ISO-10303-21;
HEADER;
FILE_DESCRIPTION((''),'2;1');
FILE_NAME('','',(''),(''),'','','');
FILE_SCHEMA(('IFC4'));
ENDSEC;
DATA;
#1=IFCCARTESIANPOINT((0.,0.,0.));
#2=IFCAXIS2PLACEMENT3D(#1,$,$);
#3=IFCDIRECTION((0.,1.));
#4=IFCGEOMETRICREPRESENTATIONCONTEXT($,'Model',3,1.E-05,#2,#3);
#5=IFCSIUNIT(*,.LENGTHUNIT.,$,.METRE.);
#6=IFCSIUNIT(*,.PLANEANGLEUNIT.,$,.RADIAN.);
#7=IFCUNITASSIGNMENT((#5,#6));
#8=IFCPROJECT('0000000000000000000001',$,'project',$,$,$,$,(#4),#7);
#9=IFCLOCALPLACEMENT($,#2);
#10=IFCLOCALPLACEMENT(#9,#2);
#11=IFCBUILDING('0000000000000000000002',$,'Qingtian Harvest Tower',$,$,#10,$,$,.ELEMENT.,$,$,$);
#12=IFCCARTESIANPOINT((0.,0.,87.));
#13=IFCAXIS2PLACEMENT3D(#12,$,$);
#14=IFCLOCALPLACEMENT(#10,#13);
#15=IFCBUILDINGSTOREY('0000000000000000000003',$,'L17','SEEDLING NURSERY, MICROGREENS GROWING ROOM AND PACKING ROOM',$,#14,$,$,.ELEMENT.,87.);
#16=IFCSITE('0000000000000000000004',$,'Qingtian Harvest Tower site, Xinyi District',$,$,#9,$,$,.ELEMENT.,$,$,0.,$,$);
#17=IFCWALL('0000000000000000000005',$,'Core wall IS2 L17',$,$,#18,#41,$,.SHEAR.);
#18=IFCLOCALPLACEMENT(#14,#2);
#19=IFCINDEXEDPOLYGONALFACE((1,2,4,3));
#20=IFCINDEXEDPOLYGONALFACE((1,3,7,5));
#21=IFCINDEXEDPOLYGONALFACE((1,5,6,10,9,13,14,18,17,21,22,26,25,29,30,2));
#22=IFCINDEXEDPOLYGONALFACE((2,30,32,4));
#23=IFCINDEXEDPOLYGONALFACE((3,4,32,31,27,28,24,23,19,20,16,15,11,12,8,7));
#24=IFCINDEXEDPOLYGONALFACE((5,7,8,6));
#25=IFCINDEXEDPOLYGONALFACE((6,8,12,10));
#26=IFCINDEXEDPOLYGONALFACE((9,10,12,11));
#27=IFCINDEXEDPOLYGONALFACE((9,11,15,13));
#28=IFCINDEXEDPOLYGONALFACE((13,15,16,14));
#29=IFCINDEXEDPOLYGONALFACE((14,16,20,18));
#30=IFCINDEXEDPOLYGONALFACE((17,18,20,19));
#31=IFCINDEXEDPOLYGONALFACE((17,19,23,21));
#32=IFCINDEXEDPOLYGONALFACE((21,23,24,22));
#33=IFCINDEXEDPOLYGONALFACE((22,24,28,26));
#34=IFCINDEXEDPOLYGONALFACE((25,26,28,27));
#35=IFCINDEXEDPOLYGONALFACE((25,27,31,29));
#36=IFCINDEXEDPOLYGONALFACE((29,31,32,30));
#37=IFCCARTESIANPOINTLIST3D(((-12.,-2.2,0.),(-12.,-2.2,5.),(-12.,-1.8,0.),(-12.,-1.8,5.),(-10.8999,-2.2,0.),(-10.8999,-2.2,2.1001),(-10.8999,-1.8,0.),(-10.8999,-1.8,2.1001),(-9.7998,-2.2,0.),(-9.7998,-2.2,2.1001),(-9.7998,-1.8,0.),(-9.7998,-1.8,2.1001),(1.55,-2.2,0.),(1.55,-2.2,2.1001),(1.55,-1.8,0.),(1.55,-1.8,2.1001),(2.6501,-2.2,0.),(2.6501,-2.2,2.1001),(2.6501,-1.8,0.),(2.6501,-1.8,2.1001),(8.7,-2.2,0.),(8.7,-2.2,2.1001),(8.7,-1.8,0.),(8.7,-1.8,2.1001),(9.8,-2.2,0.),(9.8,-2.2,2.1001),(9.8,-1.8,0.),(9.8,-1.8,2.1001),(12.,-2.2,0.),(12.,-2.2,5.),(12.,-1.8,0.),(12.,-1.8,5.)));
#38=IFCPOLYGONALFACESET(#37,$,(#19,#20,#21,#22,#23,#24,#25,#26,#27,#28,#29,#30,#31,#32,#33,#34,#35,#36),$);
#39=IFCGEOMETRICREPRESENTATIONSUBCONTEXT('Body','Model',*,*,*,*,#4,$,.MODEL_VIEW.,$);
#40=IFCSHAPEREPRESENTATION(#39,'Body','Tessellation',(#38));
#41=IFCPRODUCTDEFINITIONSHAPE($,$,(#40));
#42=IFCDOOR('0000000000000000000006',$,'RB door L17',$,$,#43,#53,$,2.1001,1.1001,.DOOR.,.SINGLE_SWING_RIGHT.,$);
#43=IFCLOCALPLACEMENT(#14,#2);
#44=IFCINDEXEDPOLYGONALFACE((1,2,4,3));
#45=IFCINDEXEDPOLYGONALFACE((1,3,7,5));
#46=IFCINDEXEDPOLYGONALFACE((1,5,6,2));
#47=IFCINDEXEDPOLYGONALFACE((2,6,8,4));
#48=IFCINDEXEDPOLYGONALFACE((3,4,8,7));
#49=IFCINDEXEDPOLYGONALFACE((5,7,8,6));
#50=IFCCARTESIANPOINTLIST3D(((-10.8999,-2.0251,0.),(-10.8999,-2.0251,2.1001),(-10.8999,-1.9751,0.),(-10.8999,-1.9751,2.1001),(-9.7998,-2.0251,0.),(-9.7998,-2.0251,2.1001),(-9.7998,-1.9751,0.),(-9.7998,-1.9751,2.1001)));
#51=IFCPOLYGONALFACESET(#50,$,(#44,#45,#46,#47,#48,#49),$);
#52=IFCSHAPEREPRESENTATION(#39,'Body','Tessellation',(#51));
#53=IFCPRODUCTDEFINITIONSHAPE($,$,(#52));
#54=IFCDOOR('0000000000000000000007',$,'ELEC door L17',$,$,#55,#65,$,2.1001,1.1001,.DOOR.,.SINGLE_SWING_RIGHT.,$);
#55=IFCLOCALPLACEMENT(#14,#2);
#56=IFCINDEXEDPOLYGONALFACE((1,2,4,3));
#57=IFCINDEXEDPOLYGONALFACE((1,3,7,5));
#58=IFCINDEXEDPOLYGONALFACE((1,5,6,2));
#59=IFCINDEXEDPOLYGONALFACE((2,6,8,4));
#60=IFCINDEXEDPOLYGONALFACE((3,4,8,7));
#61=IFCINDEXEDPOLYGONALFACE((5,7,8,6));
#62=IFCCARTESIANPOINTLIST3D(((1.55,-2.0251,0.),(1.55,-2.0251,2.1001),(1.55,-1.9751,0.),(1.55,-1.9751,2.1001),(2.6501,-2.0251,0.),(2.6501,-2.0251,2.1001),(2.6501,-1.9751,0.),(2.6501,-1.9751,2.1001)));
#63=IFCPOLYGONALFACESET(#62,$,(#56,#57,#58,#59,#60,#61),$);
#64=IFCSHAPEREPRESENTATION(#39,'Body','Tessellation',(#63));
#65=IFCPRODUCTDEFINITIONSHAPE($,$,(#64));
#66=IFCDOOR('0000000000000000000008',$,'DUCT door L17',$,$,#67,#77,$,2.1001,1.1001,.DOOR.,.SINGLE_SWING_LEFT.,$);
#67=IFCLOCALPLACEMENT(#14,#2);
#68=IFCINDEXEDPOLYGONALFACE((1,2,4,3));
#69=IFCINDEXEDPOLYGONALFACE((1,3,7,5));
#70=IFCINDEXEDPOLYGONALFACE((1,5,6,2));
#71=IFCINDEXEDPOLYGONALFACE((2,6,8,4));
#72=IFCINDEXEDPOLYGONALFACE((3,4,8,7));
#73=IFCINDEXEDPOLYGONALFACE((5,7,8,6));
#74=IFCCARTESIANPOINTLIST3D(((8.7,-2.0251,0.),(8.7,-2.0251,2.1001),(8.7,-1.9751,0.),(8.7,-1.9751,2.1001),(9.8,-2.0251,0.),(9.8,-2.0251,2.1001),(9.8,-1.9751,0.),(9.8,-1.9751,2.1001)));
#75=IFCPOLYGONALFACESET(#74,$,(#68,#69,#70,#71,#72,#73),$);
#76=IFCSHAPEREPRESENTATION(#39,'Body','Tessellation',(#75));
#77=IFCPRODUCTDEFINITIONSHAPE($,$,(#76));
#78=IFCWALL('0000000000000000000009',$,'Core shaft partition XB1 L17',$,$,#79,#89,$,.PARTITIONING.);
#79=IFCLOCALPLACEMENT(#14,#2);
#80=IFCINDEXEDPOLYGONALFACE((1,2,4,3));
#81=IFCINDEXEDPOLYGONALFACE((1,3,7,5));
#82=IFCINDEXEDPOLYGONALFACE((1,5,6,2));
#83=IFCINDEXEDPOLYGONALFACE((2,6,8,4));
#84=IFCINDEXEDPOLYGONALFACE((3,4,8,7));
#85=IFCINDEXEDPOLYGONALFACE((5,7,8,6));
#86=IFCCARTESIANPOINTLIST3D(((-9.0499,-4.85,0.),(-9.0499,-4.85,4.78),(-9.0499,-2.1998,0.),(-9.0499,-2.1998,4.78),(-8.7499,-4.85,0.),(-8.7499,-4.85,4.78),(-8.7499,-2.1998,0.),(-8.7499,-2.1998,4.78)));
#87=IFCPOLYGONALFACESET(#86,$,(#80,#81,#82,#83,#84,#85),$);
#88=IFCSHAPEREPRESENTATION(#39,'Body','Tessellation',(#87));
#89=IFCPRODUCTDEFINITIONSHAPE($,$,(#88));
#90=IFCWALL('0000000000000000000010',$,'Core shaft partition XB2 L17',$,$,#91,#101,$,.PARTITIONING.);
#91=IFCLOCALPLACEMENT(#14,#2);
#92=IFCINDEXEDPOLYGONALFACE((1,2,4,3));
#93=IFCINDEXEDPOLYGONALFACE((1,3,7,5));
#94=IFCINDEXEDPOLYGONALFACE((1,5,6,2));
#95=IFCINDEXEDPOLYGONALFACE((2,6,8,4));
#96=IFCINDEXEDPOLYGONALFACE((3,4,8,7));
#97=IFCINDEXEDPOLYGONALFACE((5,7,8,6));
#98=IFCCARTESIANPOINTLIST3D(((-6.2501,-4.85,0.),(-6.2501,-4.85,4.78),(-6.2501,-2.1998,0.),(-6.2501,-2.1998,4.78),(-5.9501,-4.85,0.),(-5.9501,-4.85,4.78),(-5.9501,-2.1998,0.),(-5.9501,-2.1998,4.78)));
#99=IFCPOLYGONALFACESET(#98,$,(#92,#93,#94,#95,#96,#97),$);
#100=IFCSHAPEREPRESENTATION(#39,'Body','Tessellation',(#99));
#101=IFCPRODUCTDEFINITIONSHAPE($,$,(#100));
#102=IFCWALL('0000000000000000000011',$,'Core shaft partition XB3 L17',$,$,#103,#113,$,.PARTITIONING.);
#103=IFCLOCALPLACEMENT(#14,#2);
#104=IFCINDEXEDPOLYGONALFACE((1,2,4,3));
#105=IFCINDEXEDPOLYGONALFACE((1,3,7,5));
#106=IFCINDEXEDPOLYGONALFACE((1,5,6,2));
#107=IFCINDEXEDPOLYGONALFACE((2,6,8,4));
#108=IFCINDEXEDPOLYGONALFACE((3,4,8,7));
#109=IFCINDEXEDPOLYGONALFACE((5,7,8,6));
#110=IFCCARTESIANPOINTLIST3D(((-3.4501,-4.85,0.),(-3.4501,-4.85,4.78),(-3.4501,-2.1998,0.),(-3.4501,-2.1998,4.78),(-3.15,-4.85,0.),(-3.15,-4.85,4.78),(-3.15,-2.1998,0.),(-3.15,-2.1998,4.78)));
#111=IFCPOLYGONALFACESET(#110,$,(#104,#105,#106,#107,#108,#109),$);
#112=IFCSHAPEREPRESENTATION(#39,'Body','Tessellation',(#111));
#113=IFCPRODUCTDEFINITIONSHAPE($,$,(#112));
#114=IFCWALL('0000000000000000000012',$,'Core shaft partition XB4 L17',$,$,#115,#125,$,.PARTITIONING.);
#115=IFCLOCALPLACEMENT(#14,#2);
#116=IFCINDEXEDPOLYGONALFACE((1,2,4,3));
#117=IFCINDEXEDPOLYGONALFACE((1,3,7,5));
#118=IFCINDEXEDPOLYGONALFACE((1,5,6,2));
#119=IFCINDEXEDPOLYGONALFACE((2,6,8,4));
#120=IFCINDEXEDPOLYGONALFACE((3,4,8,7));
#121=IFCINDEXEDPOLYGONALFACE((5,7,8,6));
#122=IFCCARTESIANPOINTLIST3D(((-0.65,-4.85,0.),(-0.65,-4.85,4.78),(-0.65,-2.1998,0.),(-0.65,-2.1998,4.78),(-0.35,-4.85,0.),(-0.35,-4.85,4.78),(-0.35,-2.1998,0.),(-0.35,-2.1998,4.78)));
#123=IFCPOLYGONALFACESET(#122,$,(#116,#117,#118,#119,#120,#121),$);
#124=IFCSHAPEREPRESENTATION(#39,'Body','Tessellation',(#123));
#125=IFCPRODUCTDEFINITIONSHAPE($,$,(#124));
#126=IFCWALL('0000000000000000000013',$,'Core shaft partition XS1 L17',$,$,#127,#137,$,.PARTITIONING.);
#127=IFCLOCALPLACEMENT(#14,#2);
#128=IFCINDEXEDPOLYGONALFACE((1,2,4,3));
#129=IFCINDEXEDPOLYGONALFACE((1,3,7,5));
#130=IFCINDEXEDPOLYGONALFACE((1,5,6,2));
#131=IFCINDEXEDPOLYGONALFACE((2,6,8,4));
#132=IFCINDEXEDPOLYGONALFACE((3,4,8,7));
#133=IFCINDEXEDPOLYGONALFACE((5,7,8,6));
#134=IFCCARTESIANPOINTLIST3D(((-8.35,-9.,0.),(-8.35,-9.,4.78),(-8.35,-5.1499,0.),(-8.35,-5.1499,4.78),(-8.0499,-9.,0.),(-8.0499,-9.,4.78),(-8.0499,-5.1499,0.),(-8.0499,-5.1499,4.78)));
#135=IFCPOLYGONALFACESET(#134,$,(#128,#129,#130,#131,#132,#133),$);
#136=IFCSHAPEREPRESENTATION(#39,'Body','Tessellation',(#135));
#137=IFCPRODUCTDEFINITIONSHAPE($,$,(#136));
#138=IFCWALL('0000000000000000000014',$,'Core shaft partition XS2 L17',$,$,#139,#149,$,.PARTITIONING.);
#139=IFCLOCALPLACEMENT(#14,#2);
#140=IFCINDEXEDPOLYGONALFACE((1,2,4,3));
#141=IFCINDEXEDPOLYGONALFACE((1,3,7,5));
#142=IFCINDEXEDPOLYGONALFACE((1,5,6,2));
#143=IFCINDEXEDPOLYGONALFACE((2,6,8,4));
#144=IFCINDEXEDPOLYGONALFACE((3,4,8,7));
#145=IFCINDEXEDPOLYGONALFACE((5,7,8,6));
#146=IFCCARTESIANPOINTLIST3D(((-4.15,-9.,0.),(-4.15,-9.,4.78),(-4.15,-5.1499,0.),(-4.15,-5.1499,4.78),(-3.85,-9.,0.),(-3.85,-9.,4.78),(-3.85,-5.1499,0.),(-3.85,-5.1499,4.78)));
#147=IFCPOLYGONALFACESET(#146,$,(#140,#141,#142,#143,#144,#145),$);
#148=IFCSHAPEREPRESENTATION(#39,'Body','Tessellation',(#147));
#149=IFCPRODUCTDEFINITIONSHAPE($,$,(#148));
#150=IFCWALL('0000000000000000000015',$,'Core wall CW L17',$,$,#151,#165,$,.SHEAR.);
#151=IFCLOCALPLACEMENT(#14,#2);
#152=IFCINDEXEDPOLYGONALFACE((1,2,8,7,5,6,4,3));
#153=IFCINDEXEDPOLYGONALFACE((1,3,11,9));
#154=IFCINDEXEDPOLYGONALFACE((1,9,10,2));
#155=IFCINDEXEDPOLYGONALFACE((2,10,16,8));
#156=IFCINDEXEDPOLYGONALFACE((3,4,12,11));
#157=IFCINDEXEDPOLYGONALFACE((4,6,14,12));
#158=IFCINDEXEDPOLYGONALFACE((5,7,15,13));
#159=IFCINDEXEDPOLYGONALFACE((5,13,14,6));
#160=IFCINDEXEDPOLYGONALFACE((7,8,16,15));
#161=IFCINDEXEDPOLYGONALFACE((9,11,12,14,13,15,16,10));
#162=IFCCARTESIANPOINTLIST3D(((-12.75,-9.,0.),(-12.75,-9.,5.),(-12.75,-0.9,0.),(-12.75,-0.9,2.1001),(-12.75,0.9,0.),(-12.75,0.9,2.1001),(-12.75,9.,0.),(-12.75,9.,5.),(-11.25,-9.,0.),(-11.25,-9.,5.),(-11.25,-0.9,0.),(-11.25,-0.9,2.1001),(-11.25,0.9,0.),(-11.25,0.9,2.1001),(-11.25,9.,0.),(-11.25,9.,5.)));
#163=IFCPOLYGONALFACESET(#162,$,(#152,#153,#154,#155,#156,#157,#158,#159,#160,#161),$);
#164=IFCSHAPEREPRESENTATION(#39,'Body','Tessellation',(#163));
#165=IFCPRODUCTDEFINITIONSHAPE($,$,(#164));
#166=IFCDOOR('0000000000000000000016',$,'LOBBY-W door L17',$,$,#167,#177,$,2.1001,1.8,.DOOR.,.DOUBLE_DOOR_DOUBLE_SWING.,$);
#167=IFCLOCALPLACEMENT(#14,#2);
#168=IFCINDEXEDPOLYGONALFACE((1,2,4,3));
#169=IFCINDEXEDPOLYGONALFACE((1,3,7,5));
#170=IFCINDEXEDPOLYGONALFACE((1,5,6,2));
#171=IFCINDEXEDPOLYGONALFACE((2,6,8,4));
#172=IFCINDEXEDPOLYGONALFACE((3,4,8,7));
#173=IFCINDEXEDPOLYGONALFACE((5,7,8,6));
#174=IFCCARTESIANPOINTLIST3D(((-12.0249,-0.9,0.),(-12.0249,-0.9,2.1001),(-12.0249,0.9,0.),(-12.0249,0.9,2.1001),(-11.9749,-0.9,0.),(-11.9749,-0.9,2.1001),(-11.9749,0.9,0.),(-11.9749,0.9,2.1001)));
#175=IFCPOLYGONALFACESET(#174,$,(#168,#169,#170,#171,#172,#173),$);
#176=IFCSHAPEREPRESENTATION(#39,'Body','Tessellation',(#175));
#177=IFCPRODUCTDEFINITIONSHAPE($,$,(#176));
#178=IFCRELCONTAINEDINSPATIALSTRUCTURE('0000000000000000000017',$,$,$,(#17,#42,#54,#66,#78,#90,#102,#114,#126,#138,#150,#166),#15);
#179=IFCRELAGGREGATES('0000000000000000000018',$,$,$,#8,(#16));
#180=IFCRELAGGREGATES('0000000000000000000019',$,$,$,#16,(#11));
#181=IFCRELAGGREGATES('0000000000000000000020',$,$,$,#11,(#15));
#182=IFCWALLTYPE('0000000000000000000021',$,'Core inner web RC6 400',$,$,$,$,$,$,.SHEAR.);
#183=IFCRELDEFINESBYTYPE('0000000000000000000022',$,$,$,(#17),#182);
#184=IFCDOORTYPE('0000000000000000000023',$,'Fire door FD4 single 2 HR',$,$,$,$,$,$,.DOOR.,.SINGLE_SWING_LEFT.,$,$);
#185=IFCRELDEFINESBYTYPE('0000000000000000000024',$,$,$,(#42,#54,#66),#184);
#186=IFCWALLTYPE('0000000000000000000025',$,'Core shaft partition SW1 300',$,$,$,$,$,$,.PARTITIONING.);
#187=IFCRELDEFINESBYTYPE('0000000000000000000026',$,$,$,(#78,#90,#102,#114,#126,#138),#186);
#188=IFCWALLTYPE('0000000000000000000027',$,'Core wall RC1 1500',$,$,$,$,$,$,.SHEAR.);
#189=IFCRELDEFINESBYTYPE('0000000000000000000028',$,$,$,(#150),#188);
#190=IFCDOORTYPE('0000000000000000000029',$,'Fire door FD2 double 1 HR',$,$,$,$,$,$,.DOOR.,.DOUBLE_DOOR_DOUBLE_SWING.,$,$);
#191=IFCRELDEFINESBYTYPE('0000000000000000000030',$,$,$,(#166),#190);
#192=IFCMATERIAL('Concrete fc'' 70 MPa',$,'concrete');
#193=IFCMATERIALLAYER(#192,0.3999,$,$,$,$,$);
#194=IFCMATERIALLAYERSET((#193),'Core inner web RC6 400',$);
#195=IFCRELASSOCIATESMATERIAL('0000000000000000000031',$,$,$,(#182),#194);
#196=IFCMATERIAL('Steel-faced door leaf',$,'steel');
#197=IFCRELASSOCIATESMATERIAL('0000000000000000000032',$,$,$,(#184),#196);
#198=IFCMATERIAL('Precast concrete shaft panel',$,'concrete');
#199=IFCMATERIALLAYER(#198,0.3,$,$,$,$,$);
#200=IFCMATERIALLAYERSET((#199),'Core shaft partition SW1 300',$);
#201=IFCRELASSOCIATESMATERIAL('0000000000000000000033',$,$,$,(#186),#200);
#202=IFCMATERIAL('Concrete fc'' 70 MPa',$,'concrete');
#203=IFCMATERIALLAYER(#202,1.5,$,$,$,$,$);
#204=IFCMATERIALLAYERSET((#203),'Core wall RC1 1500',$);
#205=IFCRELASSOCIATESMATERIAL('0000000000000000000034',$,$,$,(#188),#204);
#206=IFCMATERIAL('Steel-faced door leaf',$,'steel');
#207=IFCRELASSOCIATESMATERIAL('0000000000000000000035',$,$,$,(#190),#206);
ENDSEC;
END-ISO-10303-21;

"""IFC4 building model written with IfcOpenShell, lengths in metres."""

from ifc_helpers import new_model, si_unit, direction, frame, frame_2d, origin, place, context, subcontext, project, spatial, rectangle, extrude, material, layer, layer_set, type_object, element, fill, save


model = new_model("IFC4")

# Units and contexts
model_context = context("Model", 3, precision=1e-05, world=origin(), true_north=direction((0.0, 1.0)))
body_context = subcontext(model_context, "Body", "Model", "MODEL_VIEW")
ifc_project = project(units=[si_unit("LENGTHUNIT", "METRE"), si_unit("PLANEANGLEUNIT", "RADIAN")], contexts=[model_context])

# Site, building, storey
site_placement = place(None, origin())
site = spatial("IfcSite", under=ifc_project, at=site_placement, Name="Qingtian Harvest Tower site, Xinyi District", CompositionType="ELEMENT", RefElevation=0.0)
building_placement = place(site_placement, origin())
building = spatial("IfcBuilding", under=site, at=building_placement, Name="Qingtian Harvest Tower", CompositionType="ELEMENT")
storey_placement = place(building_placement, frame((0.0, 0.0, 87.0)))
storey = spatial("IfcBuildingStorey", under=building, at=storey_placement, Name="L17", Description="SEEDLING NURSERY, MICROGREENS GROWING ROOM AND PACKING ROOM", CompositionType="ELEMENT", Elevation=87.0)

# Wall, openings, doors
ifc_material_1 = material(Name="Concrete fc' 70 MPa", Category="concrete")
ifc_layer_1 = layer(ifc_material_1, 0.3999)
ifc_layer_set_1 = layer_set([ifc_layer_1], Name="Core inner web RC6 400")
wall_type_1 = type_object("IfcWallType", Name="Core inner web RC6 400", PredefinedType="SHEAR", material=ifc_layer_set_1)
wall_1_placement = place(storey_placement, frame((-12.0, -2.0, 0.0), z_axis=(0.0, 0.0, 1.0), x_axis=(1.0, 0.0, 0.0)))
wall_1 = element("IfcWall", 1, at=wall_1_placement, inside=storey, type_object=wall_type_1, Name="Core wall IS2 L17", PredefinedType="SHEAR", context=body_context, shape_type="SweptSolid", body=[
    extrude(rectangle(XDim=24.0, YDim=0.3999, at=frame_2d((12.0, 0.0))), origin(), (0.0, 0.0, 1.0), 5.0),
])
opening_1_placement = place(wall_1_placement, frame((1.1001, 0.0, 0.0)))
opening_1 = element("IfcOpeningElement", 2, at=opening_1_placement, cuts=wall_1, PredefinedType="OPENING", context=body_context, shape_type="SweptSolid", body=[
    extrude(rectangle(XDim=1.1001, YDim=2.1001, at=frame_2d((0.55, 1.05))), frame((0.0, 0.21, 0.0), z_axis=(0.0, -1.0, 0.0), x_axis=(1.0, 0.0, 0.0)), (0.0, 0.0, 1.0), 0.4199),
])
opening_2_placement = place(wall_1_placement, frame((13.55, 0.0, 0.0)))
opening_2 = element("IfcOpeningElement", 3, at=opening_2_placement, cuts=wall_1, PredefinedType="OPENING", context=body_context, shape_type="SweptSolid", body=[
    extrude(rectangle(XDim=1.1001, YDim=2.1001, at=frame_2d((0.55, 1.05))), frame((0.0, 0.21, 0.0), z_axis=(0.0, -1.0, 0.0), x_axis=(1.0, 0.0, 0.0)), (0.0, 0.0, 1.0), 0.4199),
])
opening_3_placement = place(wall_1_placement, frame((20.7, 0.0, 0.0)))
opening_3 = element("IfcOpeningElement", 4, at=opening_3_placement, cuts=wall_1, PredefinedType="OPENING", context=body_context, shape_type="SweptSolid", body=[
    extrude(rectangle(XDim=1.1001, YDim=2.1001, at=frame_2d((0.55, 1.05))), frame((0.0, 0.21, 0.0), z_axis=(0.0, -1.0, 0.0), x_axis=(1.0, 0.0, 0.0)), (0.0, 0.0, 1.0), 0.4199),
])
ifc_material_2 = material(Name="Steel-faced door leaf", Category="steel")
door_type_1 = type_object("IfcDoorType", Name="Fire door FD4 single 2 HR", OperationType="SINGLE_SWING_LEFT", PredefinedType="DOOR", material=ifc_material_2)
door_1_placement = place(opening_1_placement, origin())
door_1 = element("IfcDoor", 5, at=door_1_placement, inside=storey, type_object=door_type_1, Name="RB door L17", OperationType="SINGLE_SWING_RIGHT", OverallHeight=2.1001, OverallWidth=1.1001, PredefinedType="DOOR", context=body_context, shape_type="SweptSolid", body=[
    extrude(rectangle(XDim=1.1001, YDim=2.1001, at=frame_2d((0.55, 1.05))), frame((0.0, 0.0249, 0.0), z_axis=(0.0, -1.0, 0.0), x_axis=(1.0, 0.0, 0.0)), (0.0, 0.0, 1.0), 0.05),
])
fill(opening_1, door_1)
door_2_placement = place(opening_2_placement, origin())
door_2 = element("IfcDoor", 6, at=door_2_placement, inside=storey, type_object=door_type_1, Name="ELEC door L17", OperationType="SINGLE_SWING_RIGHT", OverallHeight=2.1001, OverallWidth=1.1001, PredefinedType="DOOR", context=body_context, shape_type="SweptSolid", body=[
    extrude(rectangle(XDim=1.1001, YDim=2.1001, at=frame_2d((0.55, 1.05))), frame((0.0, 0.0249, 0.0), z_axis=(0.0, -1.0, 0.0), x_axis=(1.0, 0.0, 0.0)), (0.0, 0.0, 1.0), 0.05),
])
fill(opening_2, door_2)
door_3_placement = place(opening_3_placement, origin())
door_3 = element("IfcDoor", 7, at=door_3_placement, inside=storey, type_object=door_type_1, Name="DUCT door L17", OperationType="SINGLE_SWING_LEFT", OverallHeight=2.1001, OverallWidth=1.1001, PredefinedType="DOOR", context=body_context, shape_type="SweptSolid", body=[
    extrude(rectangle(XDim=1.1001, YDim=2.1001, at=frame_2d((0.55, 1.05))), frame((0.0, 0.0249, 0.0), z_axis=(0.0, -1.0, 0.0), x_axis=(1.0, 0.0, 0.0)), (0.0, 0.0, 1.0), 0.05),
])
fill(opening_3, door_3)

# Walls
ifc_material_3 = material(Name="Precast concrete shaft panel", Category="concrete")
ifc_layer_2 = layer(ifc_material_3, 0.3)
ifc_layer_set_2 = layer_set([ifc_layer_2], Name="Core shaft partition SW1 300")
wall_type_2 = type_object("IfcWallType", Name="Core shaft partition SW1 300", PredefinedType="PARTITIONING", material=ifc_layer_set_2)
for number, where, z_axis, x_axis, name in (
    (8, (-8.8999, -4.8501, 0.0), (0.0, 0.0, 1.0), (0.0, 1.0, 0.0), "Core shaft partition XB1 L17"),
    (9, (-6.1001, -4.8501, 0.0), (0.0, 0.0, 1.0), (0.0, 1.0, 0.0), "Core shaft partition XB2 L17"),
    (10, (-3.3, -4.8501, 0.0), (0.0, 0.0, 1.0), (0.0, 1.0, 0.0), "Core shaft partition XB3 L17"),
    (11, (-0.5, -4.8501, 0.0), (0.0, 0.0, 1.0), (0.0, 1.0, 0.0), "Core shaft partition XB4 L17"),
):
    element("IfcWall", number, at=place(storey_placement, frame(where, z_axis=z_axis, x_axis=x_axis)), inside=storey, type_object=wall_type_2, Name=name, PredefinedType="PARTITIONING", context=body_context, shape_type="SweptSolid", body=[
        extrude(rectangle(XDim=2.6501, YDim=0.3, at=frame_2d((1.3252, 0.0))), origin(), (0.0, 0.0, 1.0), 4.78),
    ])
for number, where, z_axis, x_axis, name in (
    (12, (-8.2, -9.0, 0.0), (0.0, 0.0, 1.0), (0.0, 1.0, 0.0), "Core shaft partition XS1 L17"),
    (13, (-4.0, -9.0, 0.0), (0.0, 0.0, 1.0), (0.0, 1.0, 0.0), "Core shaft partition XS2 L17"),
):
    element("IfcWall", number, at=place(storey_placement, frame(where, z_axis=z_axis, x_axis=x_axis)), inside=storey, type_object=wall_type_2, Name=name, PredefinedType="PARTITIONING", context=body_context, shape_type="SweptSolid", body=[
        extrude(rectangle(XDim=3.8501, YDim=0.3, at=frame_2d((1.925, 0.0))), origin(), (0.0, 0.0, 1.0), 4.78),
    ])

# Wall, opening, door
ifc_material_4 = material(Name="Concrete fc' 70 MPa", Category="concrete")
ifc_layer_3 = layer(ifc_material_4, 1.5)
ifc_layer_set_3 = layer_set([ifc_layer_3], Name="Core wall RC1 1500")
wall_type_3 = type_object("IfcWallType", Name="Core wall RC1 1500", PredefinedType="SHEAR", material=ifc_layer_set_3)
wall_2_placement = place(storey_placement, frame((-12.0, -9.0, 0.0), z_axis=(0.0, 0.0, 1.0), x_axis=(0.0, 1.0, 0.0)))
wall_2 = element("IfcWall", 14, at=wall_2_placement, inside=storey, type_object=wall_type_3, Name="Core wall CW L17", PredefinedType="SHEAR", context=body_context, shape_type="SweptSolid", body=[
    extrude(rectangle(XDim=18.0, YDim=1.5, at=frame_2d((9.0, 0.0))), origin(), (0.0, 0.0, 1.0), 5.0),
])
opening_4_placement = place(wall_2_placement, frame((8.1001, 0.0, 0.0)))
opening_4 = element("IfcOpeningElement", 15, at=opening_4_placement, cuts=wall_2, PredefinedType="OPENING", context=body_context, shape_type="SweptSolid", body=[
    extrude(rectangle(XDim=1.8, YDim=2.1001, at=frame_2d((0.8999, 1.05))), frame((0.0, 0.76, 0.0), z_axis=(0.0, -1.0, 0.0), x_axis=(1.0, 0.0, 0.0)), (0.0, 0.0, 1.0), 1.52),
])
ifc_material_5 = material(Name="Steel-faced door leaf", Category="steel")
door_type_2 = type_object("IfcDoorType", Name="Fire door FD2 double 1 HR", OperationType="DOUBLE_DOOR_DOUBLE_SWING", PredefinedType="DOOR", material=ifc_material_5)
door_4_placement = place(opening_4_placement, origin())
door_4 = element("IfcDoor", 16, at=door_4_placement, inside=storey, type_object=door_type_2, Name="LOBBY-W door L17", OperationType="DOUBLE_DOOR_DOUBLE_SWING", OverallHeight=2.1001, OverallWidth=1.8, PredefinedType="DOOR", context=body_context, shape_type="SweptSolid", body=[
    extrude(rectangle(XDim=1.8, YDim=2.1001, at=frame_2d((0.8999, 1.05))), frame((0.0, 0.0249, 0.0), z_axis=(0.0, -1.0, 0.0), x_axis=(1.0, 0.0, 0.0)), (0.0, 0.0, 1.0), 0.05),
])
fill(opening_4, door_4)

save(model, "model.ifc")
